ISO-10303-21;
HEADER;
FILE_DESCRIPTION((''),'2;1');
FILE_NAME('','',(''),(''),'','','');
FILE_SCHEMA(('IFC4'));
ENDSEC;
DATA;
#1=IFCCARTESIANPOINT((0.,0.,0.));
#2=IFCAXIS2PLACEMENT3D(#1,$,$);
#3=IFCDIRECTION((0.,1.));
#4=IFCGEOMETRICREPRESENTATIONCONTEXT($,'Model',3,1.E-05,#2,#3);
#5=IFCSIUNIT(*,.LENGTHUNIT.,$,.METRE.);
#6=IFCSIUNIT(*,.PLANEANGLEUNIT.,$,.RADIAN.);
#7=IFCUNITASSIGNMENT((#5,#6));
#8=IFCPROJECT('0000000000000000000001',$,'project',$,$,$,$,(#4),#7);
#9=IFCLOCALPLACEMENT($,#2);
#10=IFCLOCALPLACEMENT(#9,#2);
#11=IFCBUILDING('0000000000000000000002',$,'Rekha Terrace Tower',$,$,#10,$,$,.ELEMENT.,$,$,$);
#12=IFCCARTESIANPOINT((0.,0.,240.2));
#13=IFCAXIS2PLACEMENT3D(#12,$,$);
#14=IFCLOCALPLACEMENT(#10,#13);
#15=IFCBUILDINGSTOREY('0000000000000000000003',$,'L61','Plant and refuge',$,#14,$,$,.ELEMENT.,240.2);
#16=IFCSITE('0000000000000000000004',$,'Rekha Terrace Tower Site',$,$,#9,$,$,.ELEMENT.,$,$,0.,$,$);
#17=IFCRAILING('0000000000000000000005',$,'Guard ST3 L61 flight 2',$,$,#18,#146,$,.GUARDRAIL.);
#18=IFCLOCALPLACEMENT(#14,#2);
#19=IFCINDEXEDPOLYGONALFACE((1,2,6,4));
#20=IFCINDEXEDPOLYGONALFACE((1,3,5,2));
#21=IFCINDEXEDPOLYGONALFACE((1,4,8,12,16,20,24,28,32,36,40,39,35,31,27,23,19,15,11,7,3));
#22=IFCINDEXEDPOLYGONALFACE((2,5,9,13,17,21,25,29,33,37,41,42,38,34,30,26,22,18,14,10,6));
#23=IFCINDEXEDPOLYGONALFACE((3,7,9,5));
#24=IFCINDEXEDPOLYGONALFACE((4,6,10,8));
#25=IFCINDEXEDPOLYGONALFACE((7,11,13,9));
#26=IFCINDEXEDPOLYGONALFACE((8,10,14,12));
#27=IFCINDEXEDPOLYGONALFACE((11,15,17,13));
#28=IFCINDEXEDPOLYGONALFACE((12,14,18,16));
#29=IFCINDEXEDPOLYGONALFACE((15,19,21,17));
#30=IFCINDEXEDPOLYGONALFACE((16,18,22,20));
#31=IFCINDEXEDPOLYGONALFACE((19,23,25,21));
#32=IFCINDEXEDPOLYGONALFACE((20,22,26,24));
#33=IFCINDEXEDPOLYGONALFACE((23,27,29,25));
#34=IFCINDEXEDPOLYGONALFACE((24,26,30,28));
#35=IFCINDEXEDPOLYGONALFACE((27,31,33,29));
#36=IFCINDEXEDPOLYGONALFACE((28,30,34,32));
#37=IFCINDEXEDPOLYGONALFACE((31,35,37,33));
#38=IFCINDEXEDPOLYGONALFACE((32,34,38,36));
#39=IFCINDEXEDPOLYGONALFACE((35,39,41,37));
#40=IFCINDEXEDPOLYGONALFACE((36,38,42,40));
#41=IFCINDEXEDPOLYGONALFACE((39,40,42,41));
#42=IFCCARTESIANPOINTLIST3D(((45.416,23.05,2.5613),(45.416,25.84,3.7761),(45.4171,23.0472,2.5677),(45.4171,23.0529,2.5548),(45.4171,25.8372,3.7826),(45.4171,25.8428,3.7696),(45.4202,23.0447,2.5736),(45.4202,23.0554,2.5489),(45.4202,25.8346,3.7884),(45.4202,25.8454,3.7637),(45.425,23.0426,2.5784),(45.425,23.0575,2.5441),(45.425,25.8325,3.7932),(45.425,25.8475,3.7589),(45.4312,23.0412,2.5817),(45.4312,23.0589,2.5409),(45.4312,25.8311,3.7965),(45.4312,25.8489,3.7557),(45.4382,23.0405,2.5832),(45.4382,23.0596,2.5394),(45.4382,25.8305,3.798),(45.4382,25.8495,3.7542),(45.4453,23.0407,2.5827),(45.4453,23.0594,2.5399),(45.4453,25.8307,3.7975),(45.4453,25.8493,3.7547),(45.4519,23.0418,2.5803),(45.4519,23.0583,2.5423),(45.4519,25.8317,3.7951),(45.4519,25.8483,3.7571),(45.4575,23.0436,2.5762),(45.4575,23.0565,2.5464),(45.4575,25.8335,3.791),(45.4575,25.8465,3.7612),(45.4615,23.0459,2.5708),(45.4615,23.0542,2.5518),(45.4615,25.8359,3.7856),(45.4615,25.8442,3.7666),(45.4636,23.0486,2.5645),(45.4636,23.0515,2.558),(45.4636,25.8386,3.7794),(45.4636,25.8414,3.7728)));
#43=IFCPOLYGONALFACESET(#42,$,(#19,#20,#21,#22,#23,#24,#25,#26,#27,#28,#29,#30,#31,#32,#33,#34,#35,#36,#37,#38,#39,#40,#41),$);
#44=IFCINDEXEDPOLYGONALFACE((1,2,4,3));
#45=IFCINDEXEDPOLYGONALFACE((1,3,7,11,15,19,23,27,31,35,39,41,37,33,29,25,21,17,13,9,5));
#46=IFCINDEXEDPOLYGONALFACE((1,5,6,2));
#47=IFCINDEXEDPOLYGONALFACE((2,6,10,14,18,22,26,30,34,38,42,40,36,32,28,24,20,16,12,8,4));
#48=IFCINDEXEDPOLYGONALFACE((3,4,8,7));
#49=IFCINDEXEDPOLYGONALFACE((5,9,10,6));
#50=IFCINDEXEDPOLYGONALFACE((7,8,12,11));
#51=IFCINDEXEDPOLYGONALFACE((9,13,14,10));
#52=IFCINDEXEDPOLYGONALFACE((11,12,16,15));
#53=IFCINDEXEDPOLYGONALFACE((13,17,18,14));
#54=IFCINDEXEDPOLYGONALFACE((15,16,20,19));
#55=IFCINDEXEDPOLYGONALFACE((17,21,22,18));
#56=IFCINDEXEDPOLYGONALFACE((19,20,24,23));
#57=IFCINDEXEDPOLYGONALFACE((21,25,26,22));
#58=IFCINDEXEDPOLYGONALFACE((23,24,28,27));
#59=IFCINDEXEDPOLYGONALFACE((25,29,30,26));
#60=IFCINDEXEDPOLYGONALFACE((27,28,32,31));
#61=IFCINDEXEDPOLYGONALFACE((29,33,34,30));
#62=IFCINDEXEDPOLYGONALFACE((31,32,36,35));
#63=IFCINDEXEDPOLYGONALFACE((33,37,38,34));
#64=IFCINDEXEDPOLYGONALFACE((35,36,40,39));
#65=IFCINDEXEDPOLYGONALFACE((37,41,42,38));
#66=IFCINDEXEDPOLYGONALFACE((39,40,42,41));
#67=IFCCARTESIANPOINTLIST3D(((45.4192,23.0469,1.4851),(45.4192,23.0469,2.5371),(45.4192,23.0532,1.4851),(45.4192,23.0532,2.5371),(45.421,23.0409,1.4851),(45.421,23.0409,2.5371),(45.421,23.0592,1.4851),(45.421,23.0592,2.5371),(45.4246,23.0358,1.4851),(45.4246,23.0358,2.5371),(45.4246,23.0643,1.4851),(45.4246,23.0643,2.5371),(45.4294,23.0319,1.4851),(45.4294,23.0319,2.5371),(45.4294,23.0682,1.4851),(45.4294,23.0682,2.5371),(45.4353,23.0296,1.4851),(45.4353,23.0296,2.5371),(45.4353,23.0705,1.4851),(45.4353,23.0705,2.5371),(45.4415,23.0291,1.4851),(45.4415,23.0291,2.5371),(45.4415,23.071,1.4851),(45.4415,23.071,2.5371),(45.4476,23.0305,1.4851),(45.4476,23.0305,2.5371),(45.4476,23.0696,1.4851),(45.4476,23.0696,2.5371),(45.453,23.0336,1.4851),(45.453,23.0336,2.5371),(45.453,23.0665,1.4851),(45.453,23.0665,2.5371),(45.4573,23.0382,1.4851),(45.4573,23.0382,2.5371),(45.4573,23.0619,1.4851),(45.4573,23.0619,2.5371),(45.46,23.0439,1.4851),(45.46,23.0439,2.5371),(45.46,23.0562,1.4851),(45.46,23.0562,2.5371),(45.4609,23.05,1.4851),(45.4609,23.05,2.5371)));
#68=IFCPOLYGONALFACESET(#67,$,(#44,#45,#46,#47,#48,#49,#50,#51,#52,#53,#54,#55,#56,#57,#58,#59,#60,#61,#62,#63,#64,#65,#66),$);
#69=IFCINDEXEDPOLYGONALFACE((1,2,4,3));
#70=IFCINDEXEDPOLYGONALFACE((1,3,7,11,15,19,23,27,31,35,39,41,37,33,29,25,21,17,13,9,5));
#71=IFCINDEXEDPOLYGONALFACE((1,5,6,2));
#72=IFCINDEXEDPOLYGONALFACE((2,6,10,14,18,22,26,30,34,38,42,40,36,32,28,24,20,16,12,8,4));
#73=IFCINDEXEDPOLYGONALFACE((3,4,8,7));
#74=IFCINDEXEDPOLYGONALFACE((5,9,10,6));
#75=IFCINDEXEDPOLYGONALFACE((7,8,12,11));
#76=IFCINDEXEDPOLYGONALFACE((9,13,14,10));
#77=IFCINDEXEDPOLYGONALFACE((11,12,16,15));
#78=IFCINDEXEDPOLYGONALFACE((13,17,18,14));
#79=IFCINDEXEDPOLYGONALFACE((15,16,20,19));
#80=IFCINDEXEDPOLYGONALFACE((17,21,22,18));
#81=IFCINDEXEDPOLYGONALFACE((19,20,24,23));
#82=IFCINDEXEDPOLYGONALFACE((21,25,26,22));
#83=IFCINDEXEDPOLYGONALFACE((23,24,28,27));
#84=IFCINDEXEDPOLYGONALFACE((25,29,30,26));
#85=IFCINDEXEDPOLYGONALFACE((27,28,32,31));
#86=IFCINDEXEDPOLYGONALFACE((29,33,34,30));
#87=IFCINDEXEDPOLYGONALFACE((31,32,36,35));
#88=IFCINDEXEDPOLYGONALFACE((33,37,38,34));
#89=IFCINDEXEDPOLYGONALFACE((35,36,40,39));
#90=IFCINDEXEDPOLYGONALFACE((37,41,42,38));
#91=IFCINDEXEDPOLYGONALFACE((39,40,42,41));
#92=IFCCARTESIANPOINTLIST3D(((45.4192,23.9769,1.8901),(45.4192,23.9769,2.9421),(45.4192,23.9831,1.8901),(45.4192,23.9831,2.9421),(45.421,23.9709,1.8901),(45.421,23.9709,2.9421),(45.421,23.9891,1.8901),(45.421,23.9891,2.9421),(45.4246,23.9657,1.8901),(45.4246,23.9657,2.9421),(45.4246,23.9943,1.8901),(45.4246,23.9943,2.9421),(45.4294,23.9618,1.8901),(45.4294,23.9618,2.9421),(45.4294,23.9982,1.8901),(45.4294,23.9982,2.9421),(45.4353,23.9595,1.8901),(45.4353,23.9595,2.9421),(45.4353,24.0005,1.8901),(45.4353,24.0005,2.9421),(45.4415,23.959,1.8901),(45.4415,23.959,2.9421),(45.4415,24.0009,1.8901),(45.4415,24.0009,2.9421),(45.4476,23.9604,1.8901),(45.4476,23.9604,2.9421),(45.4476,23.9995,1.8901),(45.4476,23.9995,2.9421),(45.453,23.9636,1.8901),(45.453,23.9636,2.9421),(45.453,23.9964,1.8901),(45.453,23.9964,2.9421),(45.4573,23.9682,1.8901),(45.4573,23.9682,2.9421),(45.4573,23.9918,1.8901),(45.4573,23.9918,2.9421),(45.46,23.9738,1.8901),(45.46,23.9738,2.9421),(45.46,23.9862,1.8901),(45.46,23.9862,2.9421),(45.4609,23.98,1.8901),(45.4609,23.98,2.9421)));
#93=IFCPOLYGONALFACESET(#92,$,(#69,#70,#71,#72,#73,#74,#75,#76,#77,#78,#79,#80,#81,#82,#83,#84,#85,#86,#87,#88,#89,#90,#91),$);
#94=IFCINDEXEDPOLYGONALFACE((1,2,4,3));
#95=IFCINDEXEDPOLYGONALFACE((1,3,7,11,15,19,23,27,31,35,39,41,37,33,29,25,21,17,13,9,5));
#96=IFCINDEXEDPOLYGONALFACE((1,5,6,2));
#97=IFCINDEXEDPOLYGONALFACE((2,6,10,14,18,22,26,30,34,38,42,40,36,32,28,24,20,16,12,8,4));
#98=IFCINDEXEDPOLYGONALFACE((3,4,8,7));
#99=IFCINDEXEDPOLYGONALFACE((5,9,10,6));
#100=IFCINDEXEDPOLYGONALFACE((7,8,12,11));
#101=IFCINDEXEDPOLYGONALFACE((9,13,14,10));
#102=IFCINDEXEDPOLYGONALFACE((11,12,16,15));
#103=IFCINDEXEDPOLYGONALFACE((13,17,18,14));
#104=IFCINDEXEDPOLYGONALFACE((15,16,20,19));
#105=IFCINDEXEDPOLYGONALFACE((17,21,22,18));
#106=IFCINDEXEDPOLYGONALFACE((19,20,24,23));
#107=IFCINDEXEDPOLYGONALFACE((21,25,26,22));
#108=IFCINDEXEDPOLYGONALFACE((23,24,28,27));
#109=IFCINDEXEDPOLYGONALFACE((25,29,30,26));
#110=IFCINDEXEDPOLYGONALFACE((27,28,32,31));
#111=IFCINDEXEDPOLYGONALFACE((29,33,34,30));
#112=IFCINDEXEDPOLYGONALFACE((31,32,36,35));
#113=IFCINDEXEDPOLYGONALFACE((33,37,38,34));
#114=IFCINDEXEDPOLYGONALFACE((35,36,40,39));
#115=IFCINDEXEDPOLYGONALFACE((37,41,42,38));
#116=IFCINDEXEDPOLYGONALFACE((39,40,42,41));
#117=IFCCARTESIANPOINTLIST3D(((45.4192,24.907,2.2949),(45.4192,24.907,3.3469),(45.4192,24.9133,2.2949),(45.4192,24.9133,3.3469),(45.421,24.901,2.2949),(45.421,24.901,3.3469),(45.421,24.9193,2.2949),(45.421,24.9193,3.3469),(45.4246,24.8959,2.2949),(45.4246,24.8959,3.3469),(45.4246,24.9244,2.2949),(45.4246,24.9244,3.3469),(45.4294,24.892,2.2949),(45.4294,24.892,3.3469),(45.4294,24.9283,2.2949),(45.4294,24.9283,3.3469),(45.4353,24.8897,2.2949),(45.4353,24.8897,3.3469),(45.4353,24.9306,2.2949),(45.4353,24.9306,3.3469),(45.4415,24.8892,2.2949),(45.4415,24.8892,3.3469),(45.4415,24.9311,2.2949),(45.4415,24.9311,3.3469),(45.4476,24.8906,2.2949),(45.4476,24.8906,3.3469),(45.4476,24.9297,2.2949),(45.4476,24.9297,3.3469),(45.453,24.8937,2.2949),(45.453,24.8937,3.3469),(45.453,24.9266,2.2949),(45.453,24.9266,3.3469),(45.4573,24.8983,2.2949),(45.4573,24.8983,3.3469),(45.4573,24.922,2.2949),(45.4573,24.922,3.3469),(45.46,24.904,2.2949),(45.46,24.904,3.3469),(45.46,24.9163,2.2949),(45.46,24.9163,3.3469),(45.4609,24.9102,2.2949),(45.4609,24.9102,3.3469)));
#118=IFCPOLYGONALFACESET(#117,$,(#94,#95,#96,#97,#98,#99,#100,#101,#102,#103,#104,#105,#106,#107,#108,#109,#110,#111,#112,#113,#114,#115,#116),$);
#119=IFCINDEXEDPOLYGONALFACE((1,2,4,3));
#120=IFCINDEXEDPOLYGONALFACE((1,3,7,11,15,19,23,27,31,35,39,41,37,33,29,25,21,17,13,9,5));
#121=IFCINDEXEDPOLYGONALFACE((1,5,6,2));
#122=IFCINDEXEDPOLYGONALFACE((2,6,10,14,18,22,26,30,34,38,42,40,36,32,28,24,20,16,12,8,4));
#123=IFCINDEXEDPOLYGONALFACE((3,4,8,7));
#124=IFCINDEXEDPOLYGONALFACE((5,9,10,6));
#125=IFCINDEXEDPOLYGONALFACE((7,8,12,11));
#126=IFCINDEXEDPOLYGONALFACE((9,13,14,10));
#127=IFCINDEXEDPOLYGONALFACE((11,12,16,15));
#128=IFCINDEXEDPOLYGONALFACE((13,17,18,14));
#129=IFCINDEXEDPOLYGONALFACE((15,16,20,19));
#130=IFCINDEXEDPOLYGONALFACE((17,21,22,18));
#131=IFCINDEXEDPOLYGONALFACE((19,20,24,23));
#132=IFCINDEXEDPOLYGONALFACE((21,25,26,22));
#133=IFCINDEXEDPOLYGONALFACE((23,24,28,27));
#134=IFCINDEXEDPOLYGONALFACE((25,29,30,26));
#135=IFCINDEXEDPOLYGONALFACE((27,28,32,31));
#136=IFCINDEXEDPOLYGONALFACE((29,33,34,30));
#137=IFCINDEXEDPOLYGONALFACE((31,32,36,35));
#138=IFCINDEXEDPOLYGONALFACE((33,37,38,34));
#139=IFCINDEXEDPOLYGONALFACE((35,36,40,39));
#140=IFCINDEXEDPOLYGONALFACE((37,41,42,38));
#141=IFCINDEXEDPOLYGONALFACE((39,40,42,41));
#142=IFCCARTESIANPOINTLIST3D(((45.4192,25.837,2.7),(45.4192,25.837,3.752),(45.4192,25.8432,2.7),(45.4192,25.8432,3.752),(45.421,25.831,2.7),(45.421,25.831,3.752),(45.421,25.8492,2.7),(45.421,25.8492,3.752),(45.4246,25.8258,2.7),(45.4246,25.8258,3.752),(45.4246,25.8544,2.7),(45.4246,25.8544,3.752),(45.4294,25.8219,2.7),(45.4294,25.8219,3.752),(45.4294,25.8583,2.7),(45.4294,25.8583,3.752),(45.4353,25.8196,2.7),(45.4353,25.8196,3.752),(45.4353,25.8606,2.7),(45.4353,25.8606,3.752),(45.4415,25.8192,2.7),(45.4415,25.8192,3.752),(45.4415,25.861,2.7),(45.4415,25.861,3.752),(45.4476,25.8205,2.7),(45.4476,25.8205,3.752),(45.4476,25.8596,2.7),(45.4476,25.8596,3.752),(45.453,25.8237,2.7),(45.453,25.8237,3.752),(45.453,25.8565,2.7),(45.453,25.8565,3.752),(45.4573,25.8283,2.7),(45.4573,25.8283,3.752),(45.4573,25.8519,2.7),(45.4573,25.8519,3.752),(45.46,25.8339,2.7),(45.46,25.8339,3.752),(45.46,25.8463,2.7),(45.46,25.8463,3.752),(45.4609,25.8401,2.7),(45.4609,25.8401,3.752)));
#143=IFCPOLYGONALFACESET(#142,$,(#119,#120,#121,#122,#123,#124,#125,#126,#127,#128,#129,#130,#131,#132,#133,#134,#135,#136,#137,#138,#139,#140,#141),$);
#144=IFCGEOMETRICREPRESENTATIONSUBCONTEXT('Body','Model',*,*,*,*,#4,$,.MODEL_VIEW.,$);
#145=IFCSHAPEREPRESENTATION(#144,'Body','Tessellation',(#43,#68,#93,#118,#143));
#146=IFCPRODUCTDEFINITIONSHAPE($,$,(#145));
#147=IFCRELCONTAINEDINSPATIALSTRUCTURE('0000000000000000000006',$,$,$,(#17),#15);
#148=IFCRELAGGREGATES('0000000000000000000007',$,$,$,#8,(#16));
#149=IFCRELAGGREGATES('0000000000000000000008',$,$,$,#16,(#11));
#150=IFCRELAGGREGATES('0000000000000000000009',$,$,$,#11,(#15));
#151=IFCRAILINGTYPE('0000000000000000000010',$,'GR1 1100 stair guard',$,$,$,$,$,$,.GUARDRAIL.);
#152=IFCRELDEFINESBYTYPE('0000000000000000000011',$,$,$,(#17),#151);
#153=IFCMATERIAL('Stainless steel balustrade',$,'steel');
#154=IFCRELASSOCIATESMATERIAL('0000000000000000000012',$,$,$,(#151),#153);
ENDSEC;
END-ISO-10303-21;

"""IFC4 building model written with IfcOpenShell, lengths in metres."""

from ifc_helpers import new_model, si_unit, direction, frame, origin, origin_2d, place, context, subcontext, project, spatial, circle, extrude, material, type_object, element, save


model = new_model("IFC4")

# Units and contexts
model_context = context("Model", 3, precision=1e-05, world=origin(), true_north=direction((0.0, 1.0)))
body_context = subcontext(model_context, "Body", "Model", "MODEL_VIEW")
ifc_project = project(units=[si_unit("LENGTHUNIT", "METRE"), si_unit("PLANEANGLEUNIT", "RADIAN")], contexts=[model_context])

# Site, building, storey
site_placement = place(None, origin())
site = spatial("IfcSite", under=ifc_project, at=site_placement, Name="Rekha Terrace Tower Site", CompositionType="ELEMENT", RefElevation=0.0)
building_placement = place(site_placement, origin())
building = spatial("IfcBuilding", under=site, at=building_placement, Name="Rekha Terrace Tower", CompositionType="ELEMENT")
storey_placement = place(building_placement, frame((0.0, 0.0, 240.2)))
storey = spatial("IfcBuildingStorey", under=building, at=storey_placement, Name="L61", Description="Plant and refuge", CompositionType="ELEMENT", Elevation=240.2)

# Railing
ifc_material_1 = material(Name="Stainless steel balustrade", Category="steel")
railing_type_1 = type_object("IfcRailingType", Name="GR1 1100 stair guard", PredefinedType="GUARDRAIL", material=ifc_material_1)
railing_1_placement = place(storey_placement, frame((45.4399, 23.05, 1.4851)))
element("IfcRailing", 1, at=railing_1_placement, inside=storey, type_object=railing_type_1, Name="Guard ST3 L61 flight 2", PredefinedType="GUARDRAIL", context=body_context, shape_type="SweptSolid", body=[
    extrude(circle(Radius=0.0239, at=origin_2d()), frame((0.0, 0.0, 1.0762), z_axis=(0.0, 0.916856, 0.399219), x_axis=(-1.0, 0.0, 0.0)), (0.0, 0.0, 1.0), 3.043),
    extrude(circle(Radius=0.021, at=origin_2d()), origin(), (0.0, 0.0, 1.0), 1.052),
    extrude(circle(Radius=0.021, at=origin_2d()), frame((0.0, 0.9299, 0.405)), (0.0, 0.0, 1.0), 1.052),
    extrude(circle(Radius=0.021, at=origin_2d()), frame((0.0, 1.8601, 0.8098)), (0.0, 0.0, 1.0), 1.052),
    extrude(circle(Radius=0.021, at=origin_2d()), frame((0.0, 2.79, 1.2148)), (0.0, 0.0, 1.0), 1.052),
])

save(model, "model.ifc")
